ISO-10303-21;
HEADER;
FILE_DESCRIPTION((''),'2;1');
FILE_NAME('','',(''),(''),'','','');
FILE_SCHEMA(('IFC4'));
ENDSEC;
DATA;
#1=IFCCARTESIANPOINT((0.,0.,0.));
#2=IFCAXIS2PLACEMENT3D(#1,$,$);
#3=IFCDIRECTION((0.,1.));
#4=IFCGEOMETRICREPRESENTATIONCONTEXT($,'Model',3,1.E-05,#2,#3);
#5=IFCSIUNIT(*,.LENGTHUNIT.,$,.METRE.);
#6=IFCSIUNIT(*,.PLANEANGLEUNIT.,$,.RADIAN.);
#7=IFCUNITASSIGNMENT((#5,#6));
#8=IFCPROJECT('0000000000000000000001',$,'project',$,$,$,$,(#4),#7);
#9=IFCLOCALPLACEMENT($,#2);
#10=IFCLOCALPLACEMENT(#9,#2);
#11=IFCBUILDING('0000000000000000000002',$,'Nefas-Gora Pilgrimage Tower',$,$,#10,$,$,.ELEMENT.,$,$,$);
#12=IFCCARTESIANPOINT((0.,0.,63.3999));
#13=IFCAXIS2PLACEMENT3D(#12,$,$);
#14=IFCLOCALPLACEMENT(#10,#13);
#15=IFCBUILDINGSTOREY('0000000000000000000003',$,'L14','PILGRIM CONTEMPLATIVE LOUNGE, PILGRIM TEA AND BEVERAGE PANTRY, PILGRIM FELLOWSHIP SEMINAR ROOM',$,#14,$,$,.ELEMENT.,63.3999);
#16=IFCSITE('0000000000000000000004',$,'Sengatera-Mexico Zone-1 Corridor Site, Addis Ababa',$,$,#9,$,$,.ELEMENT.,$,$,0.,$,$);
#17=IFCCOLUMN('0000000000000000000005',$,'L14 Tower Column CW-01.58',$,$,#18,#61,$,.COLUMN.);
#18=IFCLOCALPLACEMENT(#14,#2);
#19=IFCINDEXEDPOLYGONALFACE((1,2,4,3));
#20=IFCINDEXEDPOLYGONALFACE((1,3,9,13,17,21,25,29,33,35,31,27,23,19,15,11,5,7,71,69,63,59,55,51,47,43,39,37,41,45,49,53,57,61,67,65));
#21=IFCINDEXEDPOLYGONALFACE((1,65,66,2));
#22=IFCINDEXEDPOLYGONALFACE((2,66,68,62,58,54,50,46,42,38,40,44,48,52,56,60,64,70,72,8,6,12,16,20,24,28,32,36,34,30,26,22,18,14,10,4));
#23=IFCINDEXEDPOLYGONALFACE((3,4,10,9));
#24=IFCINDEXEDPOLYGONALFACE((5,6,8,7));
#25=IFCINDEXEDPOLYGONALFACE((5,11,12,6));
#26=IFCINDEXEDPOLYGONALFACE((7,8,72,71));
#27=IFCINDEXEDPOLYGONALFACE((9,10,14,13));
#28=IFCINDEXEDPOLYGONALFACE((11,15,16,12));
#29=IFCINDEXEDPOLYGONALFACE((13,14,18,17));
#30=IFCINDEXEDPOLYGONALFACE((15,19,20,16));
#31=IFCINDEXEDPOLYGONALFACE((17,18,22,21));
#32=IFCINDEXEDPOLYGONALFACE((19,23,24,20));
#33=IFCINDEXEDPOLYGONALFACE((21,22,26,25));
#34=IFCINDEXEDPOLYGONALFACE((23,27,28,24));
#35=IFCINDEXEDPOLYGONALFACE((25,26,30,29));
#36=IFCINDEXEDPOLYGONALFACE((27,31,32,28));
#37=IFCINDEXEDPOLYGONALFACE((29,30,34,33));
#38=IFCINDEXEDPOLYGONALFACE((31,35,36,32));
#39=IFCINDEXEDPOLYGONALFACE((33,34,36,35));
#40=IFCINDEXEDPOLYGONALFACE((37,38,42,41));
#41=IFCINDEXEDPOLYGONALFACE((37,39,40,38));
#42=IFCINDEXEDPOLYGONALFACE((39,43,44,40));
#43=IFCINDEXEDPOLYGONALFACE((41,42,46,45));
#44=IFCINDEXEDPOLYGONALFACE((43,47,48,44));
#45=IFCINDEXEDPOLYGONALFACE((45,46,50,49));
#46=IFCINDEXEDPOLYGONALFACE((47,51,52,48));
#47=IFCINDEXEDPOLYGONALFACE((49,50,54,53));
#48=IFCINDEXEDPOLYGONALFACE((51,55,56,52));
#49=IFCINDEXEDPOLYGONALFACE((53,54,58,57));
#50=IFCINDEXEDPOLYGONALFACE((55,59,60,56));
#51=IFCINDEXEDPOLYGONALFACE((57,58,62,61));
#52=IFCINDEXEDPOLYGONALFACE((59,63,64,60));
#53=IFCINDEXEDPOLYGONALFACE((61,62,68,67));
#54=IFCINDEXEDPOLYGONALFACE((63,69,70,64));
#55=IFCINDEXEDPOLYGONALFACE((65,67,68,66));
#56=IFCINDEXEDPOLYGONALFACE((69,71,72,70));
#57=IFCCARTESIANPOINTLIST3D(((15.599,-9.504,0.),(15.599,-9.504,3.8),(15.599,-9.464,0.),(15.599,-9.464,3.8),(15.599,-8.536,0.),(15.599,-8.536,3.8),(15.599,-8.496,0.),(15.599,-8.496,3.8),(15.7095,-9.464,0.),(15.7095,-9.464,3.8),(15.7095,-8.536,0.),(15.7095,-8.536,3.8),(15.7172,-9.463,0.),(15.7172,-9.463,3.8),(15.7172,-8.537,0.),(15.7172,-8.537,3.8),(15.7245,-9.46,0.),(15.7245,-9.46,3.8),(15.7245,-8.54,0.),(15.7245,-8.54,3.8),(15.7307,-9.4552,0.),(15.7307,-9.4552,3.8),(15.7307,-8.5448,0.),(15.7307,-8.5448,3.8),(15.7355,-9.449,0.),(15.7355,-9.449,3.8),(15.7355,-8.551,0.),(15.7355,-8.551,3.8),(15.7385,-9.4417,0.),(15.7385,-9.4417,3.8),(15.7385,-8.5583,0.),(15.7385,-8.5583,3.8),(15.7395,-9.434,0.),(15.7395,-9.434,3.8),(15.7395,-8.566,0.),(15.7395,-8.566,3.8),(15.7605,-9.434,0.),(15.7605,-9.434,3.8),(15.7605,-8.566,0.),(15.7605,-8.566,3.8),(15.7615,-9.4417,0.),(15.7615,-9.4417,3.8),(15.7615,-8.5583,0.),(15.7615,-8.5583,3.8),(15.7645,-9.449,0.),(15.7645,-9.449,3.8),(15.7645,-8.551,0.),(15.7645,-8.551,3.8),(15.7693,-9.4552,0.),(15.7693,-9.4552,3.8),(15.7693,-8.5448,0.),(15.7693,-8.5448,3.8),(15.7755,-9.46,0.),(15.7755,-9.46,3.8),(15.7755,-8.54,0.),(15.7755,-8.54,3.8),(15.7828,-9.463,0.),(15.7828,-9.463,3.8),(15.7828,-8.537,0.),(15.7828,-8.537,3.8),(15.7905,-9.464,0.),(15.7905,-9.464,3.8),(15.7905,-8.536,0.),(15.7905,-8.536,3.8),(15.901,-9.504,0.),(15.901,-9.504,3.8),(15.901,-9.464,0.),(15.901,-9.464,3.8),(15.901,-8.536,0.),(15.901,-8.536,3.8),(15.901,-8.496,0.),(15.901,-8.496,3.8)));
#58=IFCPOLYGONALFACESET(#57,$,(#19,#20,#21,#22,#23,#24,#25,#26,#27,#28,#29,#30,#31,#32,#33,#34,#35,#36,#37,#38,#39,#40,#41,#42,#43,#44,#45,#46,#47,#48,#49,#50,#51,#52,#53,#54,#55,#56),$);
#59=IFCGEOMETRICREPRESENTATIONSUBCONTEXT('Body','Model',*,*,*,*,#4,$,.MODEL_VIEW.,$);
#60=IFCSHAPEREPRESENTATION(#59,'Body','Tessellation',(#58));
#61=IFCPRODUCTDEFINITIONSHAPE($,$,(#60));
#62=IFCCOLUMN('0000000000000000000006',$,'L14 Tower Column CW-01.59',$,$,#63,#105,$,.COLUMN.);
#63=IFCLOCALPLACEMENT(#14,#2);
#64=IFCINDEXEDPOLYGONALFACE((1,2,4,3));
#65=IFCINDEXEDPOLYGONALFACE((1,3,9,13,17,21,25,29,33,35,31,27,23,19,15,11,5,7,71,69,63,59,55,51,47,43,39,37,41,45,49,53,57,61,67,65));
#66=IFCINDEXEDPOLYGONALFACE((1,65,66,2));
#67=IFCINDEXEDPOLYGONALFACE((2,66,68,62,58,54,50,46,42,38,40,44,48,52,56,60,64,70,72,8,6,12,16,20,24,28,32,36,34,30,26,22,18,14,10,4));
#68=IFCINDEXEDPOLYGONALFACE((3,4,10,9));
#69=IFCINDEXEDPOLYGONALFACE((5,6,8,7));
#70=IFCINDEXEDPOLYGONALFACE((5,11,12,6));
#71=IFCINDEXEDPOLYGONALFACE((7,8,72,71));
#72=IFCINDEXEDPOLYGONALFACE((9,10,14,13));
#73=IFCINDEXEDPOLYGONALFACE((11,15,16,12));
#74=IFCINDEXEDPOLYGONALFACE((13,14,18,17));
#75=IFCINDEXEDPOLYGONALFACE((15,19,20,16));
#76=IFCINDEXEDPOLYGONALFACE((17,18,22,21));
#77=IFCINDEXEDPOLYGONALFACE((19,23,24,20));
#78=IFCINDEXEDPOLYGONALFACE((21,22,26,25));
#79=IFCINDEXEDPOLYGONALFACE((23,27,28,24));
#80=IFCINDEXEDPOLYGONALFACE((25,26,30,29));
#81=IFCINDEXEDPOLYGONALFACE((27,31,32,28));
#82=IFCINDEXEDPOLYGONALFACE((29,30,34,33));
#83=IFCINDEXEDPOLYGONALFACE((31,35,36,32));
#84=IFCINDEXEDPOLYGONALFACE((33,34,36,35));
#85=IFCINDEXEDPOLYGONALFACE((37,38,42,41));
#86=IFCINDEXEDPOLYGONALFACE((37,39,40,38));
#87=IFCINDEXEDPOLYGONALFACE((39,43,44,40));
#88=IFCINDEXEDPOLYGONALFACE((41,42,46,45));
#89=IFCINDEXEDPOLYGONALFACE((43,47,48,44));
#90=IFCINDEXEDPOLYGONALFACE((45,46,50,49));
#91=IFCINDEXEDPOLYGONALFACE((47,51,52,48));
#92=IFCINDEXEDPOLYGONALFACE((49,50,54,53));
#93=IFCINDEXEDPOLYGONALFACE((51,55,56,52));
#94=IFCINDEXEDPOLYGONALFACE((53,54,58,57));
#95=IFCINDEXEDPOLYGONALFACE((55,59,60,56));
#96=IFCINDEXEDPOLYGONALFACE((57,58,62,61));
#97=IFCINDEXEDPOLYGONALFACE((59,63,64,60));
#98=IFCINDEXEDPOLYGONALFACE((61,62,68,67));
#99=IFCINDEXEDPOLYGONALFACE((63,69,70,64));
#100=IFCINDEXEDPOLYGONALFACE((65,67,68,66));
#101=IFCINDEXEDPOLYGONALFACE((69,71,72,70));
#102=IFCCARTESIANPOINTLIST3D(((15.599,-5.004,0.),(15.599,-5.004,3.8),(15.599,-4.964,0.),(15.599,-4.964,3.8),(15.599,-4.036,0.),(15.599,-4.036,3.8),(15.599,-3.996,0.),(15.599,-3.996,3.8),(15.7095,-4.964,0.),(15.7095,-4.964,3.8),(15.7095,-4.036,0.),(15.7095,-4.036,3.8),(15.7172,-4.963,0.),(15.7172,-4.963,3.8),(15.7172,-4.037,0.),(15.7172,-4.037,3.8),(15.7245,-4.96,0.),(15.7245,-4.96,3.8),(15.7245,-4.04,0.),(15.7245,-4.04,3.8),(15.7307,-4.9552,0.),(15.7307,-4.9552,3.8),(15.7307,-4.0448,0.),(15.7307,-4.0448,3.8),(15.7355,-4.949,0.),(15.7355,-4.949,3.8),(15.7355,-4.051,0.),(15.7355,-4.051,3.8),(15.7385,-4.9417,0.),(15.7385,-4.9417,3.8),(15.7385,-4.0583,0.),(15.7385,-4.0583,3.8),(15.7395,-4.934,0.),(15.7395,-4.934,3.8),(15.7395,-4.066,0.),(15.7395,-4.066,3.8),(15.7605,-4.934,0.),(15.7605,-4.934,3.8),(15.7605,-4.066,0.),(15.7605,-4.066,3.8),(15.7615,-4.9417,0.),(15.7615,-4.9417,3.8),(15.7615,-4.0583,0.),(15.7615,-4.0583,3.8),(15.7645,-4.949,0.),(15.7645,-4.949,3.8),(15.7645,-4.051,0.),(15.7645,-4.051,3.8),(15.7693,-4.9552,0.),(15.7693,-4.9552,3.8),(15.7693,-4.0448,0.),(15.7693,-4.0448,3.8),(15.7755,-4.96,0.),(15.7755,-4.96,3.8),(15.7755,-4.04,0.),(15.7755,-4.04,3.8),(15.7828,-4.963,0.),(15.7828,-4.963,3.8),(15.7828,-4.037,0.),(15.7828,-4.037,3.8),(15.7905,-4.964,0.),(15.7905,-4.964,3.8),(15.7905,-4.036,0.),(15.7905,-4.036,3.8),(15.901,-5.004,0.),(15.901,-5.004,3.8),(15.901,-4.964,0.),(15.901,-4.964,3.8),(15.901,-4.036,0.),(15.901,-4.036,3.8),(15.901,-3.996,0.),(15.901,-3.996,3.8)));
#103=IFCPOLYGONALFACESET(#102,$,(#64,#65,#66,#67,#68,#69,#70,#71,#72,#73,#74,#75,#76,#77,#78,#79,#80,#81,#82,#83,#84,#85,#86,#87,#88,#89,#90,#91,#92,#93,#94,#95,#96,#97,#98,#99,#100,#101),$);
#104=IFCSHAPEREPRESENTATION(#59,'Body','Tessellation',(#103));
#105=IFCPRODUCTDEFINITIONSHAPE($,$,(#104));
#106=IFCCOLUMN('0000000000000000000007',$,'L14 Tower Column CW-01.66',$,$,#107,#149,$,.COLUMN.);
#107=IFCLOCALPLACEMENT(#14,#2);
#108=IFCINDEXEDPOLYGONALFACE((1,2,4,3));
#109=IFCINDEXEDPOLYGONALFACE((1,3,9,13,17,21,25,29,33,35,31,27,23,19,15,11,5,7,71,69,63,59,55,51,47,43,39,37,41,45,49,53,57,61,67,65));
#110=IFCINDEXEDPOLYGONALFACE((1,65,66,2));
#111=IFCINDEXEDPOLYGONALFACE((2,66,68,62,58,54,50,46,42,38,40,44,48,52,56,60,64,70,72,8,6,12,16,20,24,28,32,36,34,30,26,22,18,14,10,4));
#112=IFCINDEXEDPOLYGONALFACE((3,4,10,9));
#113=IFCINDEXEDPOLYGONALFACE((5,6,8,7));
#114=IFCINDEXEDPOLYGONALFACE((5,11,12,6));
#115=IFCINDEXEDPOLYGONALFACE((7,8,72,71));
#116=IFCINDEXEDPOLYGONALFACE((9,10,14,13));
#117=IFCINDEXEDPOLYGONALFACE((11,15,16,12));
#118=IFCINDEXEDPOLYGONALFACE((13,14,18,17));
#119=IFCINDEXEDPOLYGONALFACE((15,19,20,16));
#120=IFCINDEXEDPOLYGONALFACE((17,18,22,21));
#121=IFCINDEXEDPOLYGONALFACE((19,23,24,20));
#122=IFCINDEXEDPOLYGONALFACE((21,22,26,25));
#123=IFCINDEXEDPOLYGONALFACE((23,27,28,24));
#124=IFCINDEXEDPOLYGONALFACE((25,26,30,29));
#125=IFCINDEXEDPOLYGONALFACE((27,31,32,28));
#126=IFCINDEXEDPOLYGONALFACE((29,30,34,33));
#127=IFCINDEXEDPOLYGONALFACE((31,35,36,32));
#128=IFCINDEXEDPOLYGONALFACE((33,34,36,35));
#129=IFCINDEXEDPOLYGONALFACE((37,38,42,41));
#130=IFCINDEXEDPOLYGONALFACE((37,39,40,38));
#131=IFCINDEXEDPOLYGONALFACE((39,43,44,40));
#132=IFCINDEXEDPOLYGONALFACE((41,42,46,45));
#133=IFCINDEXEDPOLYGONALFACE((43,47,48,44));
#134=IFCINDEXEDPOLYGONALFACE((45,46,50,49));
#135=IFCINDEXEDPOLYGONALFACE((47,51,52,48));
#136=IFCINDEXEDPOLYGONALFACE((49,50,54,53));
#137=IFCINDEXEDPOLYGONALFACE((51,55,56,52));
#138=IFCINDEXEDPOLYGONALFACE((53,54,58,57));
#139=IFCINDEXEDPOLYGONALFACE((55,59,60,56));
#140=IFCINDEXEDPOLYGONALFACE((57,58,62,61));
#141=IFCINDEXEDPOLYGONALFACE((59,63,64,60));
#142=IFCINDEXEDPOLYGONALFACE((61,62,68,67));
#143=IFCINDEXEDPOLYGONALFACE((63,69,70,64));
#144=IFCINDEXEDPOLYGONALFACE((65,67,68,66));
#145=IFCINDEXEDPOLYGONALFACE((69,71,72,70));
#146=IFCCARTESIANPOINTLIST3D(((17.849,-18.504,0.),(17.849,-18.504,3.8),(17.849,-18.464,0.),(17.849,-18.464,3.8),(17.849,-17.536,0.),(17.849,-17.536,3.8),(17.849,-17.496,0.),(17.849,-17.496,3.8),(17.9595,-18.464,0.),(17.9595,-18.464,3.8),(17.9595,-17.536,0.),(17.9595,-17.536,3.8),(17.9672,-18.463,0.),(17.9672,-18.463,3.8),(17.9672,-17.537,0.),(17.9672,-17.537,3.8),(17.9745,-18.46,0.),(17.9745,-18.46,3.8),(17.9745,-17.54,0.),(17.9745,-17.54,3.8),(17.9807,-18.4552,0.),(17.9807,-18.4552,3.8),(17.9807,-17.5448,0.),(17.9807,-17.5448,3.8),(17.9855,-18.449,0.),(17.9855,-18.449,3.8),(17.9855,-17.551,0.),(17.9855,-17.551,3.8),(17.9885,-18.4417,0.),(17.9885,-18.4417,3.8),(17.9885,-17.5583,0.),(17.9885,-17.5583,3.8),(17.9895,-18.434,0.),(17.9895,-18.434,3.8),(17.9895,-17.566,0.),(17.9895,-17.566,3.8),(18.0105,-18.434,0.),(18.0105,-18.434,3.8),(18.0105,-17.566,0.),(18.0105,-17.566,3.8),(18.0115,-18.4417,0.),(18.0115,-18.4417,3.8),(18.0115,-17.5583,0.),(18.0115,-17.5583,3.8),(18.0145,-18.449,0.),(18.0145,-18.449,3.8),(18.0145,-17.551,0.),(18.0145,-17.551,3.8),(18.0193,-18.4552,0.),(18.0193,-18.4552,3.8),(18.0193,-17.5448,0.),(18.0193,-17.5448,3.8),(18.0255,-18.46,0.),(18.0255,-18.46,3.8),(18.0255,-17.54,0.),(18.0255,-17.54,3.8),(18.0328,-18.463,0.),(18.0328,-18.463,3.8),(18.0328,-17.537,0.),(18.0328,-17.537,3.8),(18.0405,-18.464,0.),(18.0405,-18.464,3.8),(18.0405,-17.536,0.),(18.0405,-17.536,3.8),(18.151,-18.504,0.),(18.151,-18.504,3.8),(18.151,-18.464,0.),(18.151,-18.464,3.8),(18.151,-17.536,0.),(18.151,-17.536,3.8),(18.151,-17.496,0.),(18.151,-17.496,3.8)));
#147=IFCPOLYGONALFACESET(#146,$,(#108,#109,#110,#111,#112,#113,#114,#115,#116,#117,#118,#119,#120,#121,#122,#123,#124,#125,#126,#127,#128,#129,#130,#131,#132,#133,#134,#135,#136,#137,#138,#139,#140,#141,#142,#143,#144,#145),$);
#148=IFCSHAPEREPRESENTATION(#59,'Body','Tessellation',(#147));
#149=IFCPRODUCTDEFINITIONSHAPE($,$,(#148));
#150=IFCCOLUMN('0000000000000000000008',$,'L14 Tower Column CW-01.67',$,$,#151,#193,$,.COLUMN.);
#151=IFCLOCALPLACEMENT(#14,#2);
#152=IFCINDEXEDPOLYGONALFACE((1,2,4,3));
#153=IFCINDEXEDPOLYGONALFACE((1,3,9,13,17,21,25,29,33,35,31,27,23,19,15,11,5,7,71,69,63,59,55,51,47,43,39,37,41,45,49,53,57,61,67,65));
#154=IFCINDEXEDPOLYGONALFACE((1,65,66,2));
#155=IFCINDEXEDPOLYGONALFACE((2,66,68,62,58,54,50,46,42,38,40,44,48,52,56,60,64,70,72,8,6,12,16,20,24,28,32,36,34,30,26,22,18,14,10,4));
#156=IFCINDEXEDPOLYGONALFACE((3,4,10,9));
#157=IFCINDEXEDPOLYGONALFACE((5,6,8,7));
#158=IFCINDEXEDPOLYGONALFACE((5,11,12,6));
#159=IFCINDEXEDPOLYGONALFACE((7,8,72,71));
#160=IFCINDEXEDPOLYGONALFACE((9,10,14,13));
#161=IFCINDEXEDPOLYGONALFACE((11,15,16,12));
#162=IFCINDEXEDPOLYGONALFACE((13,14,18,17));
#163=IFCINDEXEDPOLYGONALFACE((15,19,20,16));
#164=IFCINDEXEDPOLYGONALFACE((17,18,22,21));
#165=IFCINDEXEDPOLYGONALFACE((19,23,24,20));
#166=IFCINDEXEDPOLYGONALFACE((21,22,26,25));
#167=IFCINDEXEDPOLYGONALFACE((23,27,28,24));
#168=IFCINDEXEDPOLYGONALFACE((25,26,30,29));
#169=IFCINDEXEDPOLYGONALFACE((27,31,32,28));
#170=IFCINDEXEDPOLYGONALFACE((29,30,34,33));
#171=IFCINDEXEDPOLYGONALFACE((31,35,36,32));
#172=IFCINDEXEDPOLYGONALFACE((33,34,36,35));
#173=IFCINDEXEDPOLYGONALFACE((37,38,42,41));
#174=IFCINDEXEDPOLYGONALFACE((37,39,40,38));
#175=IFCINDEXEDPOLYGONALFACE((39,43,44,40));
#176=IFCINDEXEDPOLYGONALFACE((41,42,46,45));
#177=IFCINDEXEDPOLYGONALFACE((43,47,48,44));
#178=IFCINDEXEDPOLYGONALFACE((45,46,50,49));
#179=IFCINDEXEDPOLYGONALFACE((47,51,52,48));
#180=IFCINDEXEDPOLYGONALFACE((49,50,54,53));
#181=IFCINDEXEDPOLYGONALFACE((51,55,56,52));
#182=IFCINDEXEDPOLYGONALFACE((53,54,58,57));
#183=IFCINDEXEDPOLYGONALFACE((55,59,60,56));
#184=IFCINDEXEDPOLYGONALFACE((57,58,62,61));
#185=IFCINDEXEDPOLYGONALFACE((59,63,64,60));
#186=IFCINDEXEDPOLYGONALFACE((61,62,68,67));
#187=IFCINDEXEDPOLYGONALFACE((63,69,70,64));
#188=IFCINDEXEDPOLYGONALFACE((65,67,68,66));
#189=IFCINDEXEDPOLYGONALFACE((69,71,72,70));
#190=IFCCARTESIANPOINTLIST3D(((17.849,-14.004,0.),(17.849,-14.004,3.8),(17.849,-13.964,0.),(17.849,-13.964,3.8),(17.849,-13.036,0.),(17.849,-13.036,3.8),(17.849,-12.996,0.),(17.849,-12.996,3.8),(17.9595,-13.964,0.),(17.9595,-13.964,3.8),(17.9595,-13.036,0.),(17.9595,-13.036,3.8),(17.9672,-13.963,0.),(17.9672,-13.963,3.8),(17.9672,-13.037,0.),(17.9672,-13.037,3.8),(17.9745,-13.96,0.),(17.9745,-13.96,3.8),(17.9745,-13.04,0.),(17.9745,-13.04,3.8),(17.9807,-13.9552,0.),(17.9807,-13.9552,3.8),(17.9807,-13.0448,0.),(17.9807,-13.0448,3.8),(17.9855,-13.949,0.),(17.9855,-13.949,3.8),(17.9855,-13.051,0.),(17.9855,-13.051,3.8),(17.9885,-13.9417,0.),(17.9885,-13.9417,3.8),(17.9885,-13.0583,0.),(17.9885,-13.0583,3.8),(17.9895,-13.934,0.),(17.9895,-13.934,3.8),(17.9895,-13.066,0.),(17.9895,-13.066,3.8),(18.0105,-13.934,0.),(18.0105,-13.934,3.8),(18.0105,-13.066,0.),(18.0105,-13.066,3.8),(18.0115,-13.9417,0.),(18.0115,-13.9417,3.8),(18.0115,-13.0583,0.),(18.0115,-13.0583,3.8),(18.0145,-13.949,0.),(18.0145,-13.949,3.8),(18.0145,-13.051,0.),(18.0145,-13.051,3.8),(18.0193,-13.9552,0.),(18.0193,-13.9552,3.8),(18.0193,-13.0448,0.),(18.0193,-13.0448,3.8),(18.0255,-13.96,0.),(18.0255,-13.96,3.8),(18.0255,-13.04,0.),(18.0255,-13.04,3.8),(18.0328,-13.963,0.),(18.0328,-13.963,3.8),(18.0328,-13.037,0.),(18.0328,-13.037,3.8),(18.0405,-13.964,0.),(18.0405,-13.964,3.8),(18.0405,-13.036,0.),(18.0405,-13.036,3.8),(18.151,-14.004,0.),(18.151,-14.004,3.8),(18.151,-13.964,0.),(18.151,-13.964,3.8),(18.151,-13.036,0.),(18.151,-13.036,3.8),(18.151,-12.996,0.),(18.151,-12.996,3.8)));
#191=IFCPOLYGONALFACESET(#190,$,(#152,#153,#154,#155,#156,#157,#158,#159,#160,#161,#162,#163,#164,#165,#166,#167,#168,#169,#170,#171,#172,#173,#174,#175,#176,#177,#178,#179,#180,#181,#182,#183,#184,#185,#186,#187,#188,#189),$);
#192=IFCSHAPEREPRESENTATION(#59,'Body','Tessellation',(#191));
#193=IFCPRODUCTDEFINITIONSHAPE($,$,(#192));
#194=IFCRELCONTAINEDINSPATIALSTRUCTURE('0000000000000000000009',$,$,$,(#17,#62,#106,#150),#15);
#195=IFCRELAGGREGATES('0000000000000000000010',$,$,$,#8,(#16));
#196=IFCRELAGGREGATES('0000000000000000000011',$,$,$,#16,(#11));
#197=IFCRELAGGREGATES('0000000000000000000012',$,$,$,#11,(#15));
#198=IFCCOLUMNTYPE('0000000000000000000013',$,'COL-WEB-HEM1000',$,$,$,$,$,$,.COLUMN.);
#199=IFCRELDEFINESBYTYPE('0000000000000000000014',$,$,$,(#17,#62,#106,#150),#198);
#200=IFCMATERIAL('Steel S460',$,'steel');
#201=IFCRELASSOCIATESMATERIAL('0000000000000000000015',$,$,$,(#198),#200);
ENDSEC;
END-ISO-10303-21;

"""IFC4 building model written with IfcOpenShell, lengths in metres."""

from ifc_helpers import new_model, si_unit, direction, frame, origin, origin_2d, place, context, subcontext, project, spatial, i_section, extrude, source, transform, mapped, material, material_profile, profile_set, type_object, element, save


model = new_model("IFC4")

# Units and contexts
model_context = context("Model", 3, precision=1e-05, world=origin(), true_north=direction((0.0, 1.0)))
body_context = subcontext(model_context, "Body", "Model", "MODEL_VIEW")
ifc_project = project(units=[si_unit("LENGTHUNIT", "METRE"), si_unit("PLANEANGLEUNIT", "RADIAN")], contexts=[model_context])

# Site, building, storey
site_placement = place(None, origin())
site = spatial("IfcSite", under=ifc_project, at=site_placement, Name="Sengatera-Mexico Zone-1 Corridor Site, Addis Ababa", CompositionType="ELEMENT", RefElevation=0.0)
building_placement = place(site_placement, origin())
building = spatial("IfcBuilding", under=site, at=building_placement, Name="Nefas-Gora Pilgrimage Tower", CompositionType="ELEMENT")
storey_placement = place(building_placement, frame((0.0, 0.0, 63.3999)))
storey = spatial("IfcBuildingStorey", under=building, at=storey_placement, Name="L14", Description="PILGRIM CONTEMPLATIVE LOUNGE, PILGRIM TEA AND BEVERAGE PANTRY, PILGRIM FELLOWSHIP SEMINAR ROOM", CompositionType="ELEMENT", Elevation=63.3999)

# Columns
ifc_material_1 = material(Name="Steel S460", Category="steel")
ifc_material_profile_1 = material_profile(ifc_material_1, i_section(OverallWidth=0.302, OverallDepth=1.0081, WebThickness=0.021, FlangeThickness=0.04, FilletRadius=0.03, at=origin_2d()), Name="HEM 1000")
ifc_profile_set_1 = profile_set([ifc_material_profile_1], Name="Steel S460")
column_type_1 = type_object("IfcColumnType", Name="COL-WEB-HEM1000", PredefinedType="COLUMN", material=ifc_profile_set_1)
shared_shape_1 = source(origin(), body_context, "Body", "SweptSolid", [
    extrude(i_section(OverallWidth=0.302, OverallDepth=1.0081, WebThickness=0.021, FlangeThickness=0.04, FilletRadius=0.03, at=origin_2d()), origin(), (0.0, 0.0, 1.0), 3.8),
])
for number, where, z_axis, x_axis, name in (
    (1, (15.75, -9.0, 0.0), (0.0, 0.0, 1.0), (1.0, 0.0, 0.0), "L14 Tower Column CW-01.58"),
    (2, (15.75, -4.5, 0.0), (0.0, 0.0, 1.0), (1.0, 0.0, 0.0), "L14 Tower Column CW-01.59"),
    (3, (18.0, -18.0, 0.0), (0.0, 0.0, 1.0), (1.0, 0.0, 0.0), "L14 Tower Column CW-01.66"),
    (4, (18.0, -13.5, 0.0), (0.0, 0.0, 1.0), (1.0, 0.0, 0.0), "L14 Tower Column CW-01.67"),
):
    element("IfcColumn", number, at=place(storey_placement, frame(where, z_axis=z_axis, x_axis=x_axis)), inside=storey, type_object=column_type_1, Name=name, PredefinedType="COLUMN", context=body_context, shape_type="MappedRepresentation", body=[
        mapped(shared_shape_1, transform((0.0, 0.0, 0.0), x_axis=(1.0, 0.0, 0.0), y_axis=(0.0, 1.0, 0.0), z_axis=(0.0, 0.0, 1.0), scale=1.0)),
    ])

save(model, "model.ifc")
